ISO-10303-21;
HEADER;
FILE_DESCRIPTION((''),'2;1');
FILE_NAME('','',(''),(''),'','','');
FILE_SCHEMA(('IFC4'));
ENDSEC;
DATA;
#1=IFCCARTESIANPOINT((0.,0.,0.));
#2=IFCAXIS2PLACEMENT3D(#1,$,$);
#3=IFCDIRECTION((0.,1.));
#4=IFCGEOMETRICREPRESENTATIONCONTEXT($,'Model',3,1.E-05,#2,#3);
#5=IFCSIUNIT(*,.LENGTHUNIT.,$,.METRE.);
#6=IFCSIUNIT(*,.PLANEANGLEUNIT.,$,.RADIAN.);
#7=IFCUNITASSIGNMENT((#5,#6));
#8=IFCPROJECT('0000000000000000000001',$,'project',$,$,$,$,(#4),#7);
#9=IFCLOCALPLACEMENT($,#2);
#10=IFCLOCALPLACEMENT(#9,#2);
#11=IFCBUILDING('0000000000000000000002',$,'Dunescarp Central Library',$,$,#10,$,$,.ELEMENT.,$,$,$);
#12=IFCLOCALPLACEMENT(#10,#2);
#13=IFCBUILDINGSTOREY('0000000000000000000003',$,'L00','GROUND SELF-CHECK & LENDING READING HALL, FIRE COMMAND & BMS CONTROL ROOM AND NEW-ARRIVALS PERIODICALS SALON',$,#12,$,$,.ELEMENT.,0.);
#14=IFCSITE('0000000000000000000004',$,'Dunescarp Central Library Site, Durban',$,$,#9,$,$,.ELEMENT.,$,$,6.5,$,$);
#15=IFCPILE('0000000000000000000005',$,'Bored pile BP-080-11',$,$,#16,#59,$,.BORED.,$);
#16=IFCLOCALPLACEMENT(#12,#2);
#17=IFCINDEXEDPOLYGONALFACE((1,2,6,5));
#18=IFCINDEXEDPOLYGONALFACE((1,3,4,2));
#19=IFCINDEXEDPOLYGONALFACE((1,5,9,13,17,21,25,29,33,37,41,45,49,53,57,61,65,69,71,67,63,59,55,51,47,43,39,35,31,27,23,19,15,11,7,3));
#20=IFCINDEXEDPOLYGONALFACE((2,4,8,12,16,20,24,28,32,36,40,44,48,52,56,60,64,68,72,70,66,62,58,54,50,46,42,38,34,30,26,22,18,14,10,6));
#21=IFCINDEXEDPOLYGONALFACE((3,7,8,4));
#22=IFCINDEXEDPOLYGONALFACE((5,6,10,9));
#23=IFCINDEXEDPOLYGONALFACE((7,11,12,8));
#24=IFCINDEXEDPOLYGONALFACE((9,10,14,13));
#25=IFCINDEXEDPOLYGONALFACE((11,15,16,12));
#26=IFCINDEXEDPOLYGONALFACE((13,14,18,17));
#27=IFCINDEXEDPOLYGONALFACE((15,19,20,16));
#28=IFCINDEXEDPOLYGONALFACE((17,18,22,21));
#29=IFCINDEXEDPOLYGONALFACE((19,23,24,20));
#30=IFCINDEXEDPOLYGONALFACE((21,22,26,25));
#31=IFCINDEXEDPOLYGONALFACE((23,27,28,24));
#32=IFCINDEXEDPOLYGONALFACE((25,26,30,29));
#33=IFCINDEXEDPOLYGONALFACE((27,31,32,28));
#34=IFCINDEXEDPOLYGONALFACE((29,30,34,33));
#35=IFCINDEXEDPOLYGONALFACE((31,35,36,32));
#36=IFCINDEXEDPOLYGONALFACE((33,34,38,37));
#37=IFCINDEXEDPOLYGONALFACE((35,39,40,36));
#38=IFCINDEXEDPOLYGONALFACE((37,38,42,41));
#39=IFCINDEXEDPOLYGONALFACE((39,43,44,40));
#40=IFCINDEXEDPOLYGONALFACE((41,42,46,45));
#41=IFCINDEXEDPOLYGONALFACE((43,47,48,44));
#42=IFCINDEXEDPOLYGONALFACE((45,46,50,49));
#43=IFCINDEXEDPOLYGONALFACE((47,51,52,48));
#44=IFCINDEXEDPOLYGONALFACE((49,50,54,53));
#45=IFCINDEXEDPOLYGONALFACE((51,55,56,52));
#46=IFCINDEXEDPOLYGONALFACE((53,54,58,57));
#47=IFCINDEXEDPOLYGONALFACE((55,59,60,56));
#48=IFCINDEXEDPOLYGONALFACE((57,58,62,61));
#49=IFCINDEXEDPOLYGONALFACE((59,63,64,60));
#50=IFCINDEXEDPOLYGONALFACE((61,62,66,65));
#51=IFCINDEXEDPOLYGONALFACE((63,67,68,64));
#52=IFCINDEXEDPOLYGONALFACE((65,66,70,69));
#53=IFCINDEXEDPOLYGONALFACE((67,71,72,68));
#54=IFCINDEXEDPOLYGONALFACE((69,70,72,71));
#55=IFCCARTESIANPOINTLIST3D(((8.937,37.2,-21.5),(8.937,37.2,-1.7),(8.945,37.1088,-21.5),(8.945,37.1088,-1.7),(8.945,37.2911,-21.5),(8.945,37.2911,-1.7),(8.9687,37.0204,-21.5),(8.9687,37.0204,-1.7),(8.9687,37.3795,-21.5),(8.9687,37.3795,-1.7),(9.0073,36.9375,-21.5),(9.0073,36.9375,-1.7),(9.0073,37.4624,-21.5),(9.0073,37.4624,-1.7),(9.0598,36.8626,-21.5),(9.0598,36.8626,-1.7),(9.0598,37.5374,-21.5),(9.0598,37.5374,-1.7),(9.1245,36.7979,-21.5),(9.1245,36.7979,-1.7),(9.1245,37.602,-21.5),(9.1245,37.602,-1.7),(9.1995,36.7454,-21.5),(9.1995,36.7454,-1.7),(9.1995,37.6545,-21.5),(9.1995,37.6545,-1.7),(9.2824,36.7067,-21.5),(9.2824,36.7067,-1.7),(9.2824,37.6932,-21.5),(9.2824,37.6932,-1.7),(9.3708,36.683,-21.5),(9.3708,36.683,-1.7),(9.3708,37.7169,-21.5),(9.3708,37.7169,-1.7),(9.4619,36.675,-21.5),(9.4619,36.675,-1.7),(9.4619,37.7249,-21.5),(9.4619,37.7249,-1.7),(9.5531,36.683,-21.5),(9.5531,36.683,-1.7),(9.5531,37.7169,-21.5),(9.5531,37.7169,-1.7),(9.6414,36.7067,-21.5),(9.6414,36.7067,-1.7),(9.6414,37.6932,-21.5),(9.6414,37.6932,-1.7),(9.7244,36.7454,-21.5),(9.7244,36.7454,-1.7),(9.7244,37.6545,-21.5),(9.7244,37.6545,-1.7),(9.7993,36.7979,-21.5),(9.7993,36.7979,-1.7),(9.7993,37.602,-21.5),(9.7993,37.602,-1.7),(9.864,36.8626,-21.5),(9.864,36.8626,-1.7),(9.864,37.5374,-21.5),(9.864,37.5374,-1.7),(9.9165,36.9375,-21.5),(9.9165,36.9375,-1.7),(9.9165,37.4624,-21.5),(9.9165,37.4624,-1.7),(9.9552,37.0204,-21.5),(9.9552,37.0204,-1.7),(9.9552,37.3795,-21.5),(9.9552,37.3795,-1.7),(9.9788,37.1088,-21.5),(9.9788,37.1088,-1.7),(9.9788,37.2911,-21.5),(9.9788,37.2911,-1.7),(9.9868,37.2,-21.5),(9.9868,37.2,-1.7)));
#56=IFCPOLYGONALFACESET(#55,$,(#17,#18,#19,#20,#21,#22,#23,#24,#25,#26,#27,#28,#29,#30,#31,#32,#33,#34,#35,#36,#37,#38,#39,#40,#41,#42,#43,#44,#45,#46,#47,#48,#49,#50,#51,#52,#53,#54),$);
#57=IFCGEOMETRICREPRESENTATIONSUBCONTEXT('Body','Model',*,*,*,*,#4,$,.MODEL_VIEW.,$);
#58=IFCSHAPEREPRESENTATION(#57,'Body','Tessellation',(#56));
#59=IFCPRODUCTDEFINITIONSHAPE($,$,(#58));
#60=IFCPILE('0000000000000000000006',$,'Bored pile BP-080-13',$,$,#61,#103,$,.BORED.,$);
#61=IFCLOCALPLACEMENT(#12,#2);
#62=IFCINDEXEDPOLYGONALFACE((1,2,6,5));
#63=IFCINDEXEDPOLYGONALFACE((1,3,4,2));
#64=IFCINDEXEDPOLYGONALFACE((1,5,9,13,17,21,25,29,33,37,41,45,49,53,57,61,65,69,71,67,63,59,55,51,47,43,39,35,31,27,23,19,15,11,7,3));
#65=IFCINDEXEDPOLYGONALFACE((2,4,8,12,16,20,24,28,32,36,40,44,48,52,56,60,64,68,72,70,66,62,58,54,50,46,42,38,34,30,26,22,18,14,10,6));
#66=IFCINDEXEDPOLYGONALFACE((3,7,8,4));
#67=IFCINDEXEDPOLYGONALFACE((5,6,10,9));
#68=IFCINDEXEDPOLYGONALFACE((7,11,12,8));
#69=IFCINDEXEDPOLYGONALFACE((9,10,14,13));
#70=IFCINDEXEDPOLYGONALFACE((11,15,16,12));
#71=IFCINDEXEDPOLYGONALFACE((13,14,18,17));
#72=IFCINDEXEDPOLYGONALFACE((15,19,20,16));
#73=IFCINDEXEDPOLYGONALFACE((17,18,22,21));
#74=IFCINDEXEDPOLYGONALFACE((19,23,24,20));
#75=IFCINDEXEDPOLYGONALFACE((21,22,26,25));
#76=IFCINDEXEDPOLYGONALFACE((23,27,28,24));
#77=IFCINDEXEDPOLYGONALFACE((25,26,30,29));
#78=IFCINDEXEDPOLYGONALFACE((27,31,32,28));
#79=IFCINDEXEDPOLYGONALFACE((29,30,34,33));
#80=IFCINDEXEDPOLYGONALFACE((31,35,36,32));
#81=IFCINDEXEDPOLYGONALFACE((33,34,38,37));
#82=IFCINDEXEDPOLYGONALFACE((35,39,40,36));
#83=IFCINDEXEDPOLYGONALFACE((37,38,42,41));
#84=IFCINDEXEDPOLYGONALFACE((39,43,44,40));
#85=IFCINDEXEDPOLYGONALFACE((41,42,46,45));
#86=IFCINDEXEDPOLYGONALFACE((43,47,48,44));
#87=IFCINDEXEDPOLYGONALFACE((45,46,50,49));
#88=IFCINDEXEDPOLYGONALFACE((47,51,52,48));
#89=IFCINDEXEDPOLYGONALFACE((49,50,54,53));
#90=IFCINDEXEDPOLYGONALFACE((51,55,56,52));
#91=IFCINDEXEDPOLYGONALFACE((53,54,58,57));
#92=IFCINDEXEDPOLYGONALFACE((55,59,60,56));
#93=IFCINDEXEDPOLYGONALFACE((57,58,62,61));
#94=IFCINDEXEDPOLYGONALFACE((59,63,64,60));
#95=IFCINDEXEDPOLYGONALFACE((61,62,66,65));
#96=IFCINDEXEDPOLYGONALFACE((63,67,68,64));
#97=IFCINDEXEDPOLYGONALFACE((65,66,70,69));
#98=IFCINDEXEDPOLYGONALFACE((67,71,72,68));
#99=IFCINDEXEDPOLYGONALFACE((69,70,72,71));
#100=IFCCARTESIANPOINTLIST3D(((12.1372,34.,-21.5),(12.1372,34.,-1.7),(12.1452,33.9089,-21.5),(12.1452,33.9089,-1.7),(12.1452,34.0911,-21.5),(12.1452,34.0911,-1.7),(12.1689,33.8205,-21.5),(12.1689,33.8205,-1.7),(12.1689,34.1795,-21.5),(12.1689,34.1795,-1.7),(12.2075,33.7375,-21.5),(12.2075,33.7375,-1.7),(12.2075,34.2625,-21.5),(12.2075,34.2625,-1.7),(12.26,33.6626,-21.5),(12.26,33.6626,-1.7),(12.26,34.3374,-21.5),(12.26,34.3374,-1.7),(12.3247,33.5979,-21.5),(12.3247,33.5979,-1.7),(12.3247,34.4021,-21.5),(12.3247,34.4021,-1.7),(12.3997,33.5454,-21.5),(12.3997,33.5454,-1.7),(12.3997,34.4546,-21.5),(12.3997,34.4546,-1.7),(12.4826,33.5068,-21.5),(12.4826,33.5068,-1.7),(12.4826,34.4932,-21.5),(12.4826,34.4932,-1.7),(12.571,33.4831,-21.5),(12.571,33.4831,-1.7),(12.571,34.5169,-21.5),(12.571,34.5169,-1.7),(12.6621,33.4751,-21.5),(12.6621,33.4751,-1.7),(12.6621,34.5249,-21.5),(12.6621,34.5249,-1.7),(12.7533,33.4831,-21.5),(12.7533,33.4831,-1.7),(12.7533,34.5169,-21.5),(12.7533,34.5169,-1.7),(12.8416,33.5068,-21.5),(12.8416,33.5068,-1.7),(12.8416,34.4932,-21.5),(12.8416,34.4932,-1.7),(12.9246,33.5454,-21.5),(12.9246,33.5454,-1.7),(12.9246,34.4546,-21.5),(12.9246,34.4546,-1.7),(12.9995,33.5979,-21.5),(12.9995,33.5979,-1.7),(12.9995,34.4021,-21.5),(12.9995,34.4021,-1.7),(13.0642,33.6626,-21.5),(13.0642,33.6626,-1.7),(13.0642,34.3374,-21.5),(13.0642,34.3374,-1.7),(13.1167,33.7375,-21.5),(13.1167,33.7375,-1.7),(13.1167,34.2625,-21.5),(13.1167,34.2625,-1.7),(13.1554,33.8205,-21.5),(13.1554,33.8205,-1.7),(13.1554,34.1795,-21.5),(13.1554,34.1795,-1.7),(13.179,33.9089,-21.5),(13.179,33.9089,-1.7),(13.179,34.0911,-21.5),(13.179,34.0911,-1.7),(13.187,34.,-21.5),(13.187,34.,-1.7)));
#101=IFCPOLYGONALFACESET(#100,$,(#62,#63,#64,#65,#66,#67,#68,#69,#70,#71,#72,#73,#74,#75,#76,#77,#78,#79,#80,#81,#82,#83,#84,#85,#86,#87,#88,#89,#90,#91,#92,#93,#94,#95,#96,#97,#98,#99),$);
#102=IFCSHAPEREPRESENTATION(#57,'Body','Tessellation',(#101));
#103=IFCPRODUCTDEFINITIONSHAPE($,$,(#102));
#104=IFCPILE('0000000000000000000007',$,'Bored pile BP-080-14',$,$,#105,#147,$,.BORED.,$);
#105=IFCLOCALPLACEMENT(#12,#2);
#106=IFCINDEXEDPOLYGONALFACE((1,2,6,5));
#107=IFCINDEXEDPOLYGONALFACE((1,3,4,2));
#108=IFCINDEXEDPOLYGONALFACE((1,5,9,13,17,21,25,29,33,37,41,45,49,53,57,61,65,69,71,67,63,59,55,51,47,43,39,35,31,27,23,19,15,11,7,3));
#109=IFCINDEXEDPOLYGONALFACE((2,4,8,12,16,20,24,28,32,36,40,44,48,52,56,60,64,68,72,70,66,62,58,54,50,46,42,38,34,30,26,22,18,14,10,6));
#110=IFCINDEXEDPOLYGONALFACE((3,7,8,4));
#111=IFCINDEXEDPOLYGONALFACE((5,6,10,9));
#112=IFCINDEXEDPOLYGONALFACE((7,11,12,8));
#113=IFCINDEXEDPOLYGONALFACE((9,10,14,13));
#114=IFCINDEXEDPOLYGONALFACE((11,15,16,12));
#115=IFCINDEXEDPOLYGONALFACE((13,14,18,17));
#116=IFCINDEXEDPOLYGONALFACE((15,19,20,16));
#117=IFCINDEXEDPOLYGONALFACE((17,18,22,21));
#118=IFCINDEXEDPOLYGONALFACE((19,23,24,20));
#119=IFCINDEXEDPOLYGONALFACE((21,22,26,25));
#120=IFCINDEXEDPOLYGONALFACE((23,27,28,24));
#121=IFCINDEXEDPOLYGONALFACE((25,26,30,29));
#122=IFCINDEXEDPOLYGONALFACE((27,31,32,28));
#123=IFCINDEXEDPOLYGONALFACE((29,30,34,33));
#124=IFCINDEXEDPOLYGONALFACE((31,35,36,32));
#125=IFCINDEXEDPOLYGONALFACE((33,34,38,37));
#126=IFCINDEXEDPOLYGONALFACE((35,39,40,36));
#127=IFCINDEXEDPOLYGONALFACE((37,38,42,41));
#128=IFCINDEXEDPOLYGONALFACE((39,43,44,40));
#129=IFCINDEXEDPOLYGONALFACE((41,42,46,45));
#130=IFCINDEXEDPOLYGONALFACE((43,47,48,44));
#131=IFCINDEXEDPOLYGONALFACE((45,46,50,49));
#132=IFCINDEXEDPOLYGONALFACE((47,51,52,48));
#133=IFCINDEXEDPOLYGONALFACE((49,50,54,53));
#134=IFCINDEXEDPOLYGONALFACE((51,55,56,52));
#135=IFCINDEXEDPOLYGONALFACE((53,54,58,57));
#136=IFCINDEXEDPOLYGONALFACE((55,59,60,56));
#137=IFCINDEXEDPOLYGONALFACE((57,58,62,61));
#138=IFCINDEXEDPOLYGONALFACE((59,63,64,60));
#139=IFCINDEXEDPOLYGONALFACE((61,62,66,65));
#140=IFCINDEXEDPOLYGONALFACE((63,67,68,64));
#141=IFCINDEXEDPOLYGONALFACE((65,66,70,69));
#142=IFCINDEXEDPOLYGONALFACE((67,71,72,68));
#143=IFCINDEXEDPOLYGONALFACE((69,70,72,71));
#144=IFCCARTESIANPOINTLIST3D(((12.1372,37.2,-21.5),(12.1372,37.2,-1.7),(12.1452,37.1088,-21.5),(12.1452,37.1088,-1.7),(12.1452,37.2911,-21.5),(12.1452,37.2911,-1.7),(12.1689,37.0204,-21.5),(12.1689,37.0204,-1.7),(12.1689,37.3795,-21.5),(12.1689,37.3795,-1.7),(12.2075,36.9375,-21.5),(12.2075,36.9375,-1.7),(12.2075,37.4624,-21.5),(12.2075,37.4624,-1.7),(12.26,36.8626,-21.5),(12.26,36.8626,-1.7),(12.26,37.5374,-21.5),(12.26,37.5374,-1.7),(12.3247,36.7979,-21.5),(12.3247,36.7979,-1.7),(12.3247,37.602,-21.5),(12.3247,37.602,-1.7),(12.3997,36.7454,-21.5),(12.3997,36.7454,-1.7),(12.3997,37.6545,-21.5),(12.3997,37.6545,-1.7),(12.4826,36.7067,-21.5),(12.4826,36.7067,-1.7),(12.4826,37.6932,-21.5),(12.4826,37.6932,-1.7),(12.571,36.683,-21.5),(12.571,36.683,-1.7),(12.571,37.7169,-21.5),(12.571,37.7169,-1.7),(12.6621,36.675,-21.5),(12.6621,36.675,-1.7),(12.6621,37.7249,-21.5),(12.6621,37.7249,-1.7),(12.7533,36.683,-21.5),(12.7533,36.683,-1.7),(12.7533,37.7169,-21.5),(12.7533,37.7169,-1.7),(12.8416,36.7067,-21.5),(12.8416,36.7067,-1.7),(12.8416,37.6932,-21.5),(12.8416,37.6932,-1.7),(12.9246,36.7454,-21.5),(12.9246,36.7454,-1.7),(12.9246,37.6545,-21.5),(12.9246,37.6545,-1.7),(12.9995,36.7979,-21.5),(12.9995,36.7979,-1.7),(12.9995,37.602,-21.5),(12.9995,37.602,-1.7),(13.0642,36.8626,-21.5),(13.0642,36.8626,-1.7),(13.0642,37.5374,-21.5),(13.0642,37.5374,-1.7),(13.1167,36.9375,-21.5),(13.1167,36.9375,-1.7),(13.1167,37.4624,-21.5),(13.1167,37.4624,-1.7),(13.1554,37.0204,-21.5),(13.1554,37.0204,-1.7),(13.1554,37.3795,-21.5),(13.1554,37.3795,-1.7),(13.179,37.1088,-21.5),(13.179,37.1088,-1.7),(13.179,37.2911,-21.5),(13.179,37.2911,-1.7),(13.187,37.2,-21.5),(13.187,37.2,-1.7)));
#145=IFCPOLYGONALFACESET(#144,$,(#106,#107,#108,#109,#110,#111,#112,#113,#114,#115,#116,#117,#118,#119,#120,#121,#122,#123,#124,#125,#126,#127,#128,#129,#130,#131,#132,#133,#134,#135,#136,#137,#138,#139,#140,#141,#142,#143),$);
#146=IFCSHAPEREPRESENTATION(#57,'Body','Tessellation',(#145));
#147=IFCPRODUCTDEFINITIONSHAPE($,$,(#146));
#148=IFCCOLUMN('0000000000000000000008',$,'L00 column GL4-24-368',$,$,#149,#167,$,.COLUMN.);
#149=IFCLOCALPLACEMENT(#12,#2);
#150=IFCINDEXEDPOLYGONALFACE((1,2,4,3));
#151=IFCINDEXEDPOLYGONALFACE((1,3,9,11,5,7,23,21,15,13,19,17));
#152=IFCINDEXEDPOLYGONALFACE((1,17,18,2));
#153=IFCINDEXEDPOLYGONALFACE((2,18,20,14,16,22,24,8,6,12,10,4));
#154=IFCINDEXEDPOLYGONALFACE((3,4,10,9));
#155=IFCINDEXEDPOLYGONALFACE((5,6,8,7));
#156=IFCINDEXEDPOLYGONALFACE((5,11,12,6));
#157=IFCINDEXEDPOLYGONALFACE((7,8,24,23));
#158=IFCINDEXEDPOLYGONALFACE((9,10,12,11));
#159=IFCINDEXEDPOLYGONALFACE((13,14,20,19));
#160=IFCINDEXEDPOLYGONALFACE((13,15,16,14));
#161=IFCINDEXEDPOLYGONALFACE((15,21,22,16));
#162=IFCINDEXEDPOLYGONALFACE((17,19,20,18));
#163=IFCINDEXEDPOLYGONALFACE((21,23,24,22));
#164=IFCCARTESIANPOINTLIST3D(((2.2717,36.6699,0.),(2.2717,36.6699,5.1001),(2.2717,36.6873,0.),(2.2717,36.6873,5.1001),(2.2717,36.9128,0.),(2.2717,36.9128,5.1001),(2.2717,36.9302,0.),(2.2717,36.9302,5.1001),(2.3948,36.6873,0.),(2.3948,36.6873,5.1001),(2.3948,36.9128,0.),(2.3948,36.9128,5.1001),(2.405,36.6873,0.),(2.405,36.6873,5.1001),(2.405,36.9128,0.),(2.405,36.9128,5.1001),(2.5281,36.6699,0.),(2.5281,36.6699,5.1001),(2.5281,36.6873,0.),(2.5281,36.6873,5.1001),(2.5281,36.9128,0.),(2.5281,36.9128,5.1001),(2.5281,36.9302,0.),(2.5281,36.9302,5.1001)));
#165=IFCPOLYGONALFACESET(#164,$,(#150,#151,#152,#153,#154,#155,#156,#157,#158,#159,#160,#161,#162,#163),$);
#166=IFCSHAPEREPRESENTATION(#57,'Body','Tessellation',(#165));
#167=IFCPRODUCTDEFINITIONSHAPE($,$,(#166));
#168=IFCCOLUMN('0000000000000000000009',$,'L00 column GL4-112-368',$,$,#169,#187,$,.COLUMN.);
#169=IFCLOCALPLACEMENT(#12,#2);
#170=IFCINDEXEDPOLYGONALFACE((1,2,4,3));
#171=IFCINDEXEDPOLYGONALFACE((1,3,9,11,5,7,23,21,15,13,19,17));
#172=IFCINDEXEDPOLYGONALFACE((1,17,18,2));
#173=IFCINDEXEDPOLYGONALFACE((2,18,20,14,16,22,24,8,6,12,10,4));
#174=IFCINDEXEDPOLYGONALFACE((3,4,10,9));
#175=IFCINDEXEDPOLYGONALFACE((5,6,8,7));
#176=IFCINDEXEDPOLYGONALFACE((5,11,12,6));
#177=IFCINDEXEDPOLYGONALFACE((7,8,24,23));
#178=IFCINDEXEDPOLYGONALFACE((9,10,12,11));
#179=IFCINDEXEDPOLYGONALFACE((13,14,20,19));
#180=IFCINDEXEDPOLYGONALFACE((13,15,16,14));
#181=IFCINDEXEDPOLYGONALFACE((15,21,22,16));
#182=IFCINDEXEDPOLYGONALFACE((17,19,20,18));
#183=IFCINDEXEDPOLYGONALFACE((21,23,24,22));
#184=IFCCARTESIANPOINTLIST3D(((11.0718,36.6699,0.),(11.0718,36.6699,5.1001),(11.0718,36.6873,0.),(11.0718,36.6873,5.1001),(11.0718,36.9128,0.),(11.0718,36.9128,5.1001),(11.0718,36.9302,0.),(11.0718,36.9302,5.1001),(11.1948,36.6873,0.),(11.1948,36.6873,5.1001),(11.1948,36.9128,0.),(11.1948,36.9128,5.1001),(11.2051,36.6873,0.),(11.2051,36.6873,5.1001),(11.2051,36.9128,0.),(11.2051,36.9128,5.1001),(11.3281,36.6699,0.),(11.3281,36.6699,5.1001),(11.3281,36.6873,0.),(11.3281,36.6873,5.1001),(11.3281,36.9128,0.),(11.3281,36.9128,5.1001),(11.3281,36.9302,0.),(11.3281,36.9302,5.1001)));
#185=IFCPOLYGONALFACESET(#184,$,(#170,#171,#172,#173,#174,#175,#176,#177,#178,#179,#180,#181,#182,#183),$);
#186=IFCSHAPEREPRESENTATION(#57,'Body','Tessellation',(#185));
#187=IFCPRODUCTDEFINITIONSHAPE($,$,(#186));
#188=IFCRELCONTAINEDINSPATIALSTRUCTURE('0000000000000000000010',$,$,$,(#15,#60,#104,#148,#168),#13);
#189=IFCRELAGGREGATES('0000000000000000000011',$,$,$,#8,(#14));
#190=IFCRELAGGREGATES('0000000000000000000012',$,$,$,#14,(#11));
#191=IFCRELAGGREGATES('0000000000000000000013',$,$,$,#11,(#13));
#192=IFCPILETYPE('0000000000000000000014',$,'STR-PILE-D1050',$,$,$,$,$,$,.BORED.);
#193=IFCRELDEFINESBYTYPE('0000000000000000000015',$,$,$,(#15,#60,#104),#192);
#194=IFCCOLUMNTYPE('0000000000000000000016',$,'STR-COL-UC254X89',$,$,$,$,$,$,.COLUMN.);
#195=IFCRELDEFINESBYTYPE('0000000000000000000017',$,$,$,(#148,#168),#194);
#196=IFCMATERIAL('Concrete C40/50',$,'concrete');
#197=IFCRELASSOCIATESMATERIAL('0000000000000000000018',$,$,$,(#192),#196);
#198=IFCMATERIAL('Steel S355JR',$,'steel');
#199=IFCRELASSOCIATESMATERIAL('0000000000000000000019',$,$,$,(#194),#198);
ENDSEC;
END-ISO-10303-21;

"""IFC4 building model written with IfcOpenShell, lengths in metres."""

from ifc_helpers import new_model, si_unit, direction, frame, origin, origin_2d, place, context, subcontext, project, spatial, circle, i_section, extrude, material, material_profile, profile_set, type_object, element, save


model = new_model("IFC4")

# Units and contexts
model_context = context("Model", 3, precision=1e-05, world=origin(), true_north=direction((0.0, 1.0)))
body_context = subcontext(model_context, "Body", "Model", "MODEL_VIEW")
ifc_project = project(units=[si_unit("LENGTHUNIT", "METRE"), si_unit("PLANEANGLEUNIT", "RADIAN")], contexts=[model_context])

# Site, building, storey
site_placement = place(None, origin())
site = spatial("IfcSite", under=ifc_project, at=site_placement, Name="Dunescarp Central Library Site, Durban", CompositionType="ELEMENT", RefElevation=6.5)
building_placement = place(site_placement, origin())
building = spatial("IfcBuilding", under=site, at=building_placement, Name="Dunescarp Central Library", CompositionType="ELEMENT")
storey_placement = place(building_placement, origin())
storey = spatial("IfcBuildingStorey", under=building, at=storey_placement, Name="L00", Description="GROUND SELF-CHECK & LENDING READING HALL, FIRE COMMAND & BMS CONTROL ROOM AND NEW-ARRIVALS PERIODICALS SALON", CompositionType="ELEMENT", Elevation=0.0)

# Piles
ifc_material_1 = material(Name="Concrete C40/50", Category="concrete")
ifc_material_profile_1 = material_profile(ifc_material_1, circle(Radius=0.5249, at=origin_2d()), Name="PILE D1050")
ifc_profile_set_1 = profile_set([ifc_material_profile_1], Name="Concrete C40/50")
pile_type = type_object("IfcPileType", Name="STR-PILE-D1050", PredefinedType="BORED", material=ifc_profile_set_1)
for number, where, z_axis, x_axis, name in (
    (1, (9.4619, 37.2, -1.7), (0.0, 0.0, -1.0), (1.0, 0.0, 0.0), "Bored pile BP-080-11"),
    (2, (12.6621, 34.0, -1.7), (0.0, 0.0, -1.0), (1.0, 0.0, 0.0), "Bored pile BP-080-13"),
    (3, (12.6621, 37.2, -1.7), (0.0, 0.0, -1.0), (1.0, 0.0, 0.0), "Bored pile BP-080-14"),
):
    element("IfcPile", number, at=place(storey_placement, frame(where, z_axis=z_axis, x_axis=x_axis)), inside=storey, type_object=pile_type, Name=name, PredefinedType="BORED", context=body_context, shape_type="SweptSolid", body=[
        extrude(circle(Radius=0.5249, at=origin_2d()), origin(), (0.0, 0.0, 1.0), 19.8),
    ])

# Columns
ifc_material_2 = material(Name="Steel S355JR", Category="steel")
ifc_material_profile_2 = material_profile(ifc_material_2, i_section(OverallWidth=0.2563, OverallDepth=0.2603, WebThickness=0.0103, FlangeThickness=0.0173, at=origin_2d()), Name="UC 254x254x89")
ifc_profile_set_2 = profile_set([ifc_material_profile_2], Name="Steel S355JR")
column_type_1 = type_object("IfcColumnType", Name="STR-COL-UC254X89", PredefinedType="COLUMN", material=ifc_profile_set_2)
for number, where, z_axis, x_axis, name in (
    (4, (2.3999, 36.8, 0.0), (0.0, 0.0, 1.0), (1.0, 0.0, 0.0), "L00 column GL4-24-368"),
    (5, (11.2, 36.8, 0.0), (0.0, 0.0, 1.0), (1.0, 0.0, 0.0), "L00 column GL4-112-368"),
):
    element("IfcColumn", number, at=place(storey_placement, frame(where, z_axis=z_axis, x_axis=x_axis)), inside=storey, type_object=column_type_1, Name=name, PredefinedType="COLUMN", context=body_context, shape_type="SweptSolid", body=[
        extrude(i_section(OverallWidth=0.2563, OverallDepth=0.2603, WebThickness=0.0103, FlangeThickness=0.0173, at=origin_2d()), origin(), (0.0, 0.0, 1.0), 5.1001),
    ])

save(model, "model.ifc")
